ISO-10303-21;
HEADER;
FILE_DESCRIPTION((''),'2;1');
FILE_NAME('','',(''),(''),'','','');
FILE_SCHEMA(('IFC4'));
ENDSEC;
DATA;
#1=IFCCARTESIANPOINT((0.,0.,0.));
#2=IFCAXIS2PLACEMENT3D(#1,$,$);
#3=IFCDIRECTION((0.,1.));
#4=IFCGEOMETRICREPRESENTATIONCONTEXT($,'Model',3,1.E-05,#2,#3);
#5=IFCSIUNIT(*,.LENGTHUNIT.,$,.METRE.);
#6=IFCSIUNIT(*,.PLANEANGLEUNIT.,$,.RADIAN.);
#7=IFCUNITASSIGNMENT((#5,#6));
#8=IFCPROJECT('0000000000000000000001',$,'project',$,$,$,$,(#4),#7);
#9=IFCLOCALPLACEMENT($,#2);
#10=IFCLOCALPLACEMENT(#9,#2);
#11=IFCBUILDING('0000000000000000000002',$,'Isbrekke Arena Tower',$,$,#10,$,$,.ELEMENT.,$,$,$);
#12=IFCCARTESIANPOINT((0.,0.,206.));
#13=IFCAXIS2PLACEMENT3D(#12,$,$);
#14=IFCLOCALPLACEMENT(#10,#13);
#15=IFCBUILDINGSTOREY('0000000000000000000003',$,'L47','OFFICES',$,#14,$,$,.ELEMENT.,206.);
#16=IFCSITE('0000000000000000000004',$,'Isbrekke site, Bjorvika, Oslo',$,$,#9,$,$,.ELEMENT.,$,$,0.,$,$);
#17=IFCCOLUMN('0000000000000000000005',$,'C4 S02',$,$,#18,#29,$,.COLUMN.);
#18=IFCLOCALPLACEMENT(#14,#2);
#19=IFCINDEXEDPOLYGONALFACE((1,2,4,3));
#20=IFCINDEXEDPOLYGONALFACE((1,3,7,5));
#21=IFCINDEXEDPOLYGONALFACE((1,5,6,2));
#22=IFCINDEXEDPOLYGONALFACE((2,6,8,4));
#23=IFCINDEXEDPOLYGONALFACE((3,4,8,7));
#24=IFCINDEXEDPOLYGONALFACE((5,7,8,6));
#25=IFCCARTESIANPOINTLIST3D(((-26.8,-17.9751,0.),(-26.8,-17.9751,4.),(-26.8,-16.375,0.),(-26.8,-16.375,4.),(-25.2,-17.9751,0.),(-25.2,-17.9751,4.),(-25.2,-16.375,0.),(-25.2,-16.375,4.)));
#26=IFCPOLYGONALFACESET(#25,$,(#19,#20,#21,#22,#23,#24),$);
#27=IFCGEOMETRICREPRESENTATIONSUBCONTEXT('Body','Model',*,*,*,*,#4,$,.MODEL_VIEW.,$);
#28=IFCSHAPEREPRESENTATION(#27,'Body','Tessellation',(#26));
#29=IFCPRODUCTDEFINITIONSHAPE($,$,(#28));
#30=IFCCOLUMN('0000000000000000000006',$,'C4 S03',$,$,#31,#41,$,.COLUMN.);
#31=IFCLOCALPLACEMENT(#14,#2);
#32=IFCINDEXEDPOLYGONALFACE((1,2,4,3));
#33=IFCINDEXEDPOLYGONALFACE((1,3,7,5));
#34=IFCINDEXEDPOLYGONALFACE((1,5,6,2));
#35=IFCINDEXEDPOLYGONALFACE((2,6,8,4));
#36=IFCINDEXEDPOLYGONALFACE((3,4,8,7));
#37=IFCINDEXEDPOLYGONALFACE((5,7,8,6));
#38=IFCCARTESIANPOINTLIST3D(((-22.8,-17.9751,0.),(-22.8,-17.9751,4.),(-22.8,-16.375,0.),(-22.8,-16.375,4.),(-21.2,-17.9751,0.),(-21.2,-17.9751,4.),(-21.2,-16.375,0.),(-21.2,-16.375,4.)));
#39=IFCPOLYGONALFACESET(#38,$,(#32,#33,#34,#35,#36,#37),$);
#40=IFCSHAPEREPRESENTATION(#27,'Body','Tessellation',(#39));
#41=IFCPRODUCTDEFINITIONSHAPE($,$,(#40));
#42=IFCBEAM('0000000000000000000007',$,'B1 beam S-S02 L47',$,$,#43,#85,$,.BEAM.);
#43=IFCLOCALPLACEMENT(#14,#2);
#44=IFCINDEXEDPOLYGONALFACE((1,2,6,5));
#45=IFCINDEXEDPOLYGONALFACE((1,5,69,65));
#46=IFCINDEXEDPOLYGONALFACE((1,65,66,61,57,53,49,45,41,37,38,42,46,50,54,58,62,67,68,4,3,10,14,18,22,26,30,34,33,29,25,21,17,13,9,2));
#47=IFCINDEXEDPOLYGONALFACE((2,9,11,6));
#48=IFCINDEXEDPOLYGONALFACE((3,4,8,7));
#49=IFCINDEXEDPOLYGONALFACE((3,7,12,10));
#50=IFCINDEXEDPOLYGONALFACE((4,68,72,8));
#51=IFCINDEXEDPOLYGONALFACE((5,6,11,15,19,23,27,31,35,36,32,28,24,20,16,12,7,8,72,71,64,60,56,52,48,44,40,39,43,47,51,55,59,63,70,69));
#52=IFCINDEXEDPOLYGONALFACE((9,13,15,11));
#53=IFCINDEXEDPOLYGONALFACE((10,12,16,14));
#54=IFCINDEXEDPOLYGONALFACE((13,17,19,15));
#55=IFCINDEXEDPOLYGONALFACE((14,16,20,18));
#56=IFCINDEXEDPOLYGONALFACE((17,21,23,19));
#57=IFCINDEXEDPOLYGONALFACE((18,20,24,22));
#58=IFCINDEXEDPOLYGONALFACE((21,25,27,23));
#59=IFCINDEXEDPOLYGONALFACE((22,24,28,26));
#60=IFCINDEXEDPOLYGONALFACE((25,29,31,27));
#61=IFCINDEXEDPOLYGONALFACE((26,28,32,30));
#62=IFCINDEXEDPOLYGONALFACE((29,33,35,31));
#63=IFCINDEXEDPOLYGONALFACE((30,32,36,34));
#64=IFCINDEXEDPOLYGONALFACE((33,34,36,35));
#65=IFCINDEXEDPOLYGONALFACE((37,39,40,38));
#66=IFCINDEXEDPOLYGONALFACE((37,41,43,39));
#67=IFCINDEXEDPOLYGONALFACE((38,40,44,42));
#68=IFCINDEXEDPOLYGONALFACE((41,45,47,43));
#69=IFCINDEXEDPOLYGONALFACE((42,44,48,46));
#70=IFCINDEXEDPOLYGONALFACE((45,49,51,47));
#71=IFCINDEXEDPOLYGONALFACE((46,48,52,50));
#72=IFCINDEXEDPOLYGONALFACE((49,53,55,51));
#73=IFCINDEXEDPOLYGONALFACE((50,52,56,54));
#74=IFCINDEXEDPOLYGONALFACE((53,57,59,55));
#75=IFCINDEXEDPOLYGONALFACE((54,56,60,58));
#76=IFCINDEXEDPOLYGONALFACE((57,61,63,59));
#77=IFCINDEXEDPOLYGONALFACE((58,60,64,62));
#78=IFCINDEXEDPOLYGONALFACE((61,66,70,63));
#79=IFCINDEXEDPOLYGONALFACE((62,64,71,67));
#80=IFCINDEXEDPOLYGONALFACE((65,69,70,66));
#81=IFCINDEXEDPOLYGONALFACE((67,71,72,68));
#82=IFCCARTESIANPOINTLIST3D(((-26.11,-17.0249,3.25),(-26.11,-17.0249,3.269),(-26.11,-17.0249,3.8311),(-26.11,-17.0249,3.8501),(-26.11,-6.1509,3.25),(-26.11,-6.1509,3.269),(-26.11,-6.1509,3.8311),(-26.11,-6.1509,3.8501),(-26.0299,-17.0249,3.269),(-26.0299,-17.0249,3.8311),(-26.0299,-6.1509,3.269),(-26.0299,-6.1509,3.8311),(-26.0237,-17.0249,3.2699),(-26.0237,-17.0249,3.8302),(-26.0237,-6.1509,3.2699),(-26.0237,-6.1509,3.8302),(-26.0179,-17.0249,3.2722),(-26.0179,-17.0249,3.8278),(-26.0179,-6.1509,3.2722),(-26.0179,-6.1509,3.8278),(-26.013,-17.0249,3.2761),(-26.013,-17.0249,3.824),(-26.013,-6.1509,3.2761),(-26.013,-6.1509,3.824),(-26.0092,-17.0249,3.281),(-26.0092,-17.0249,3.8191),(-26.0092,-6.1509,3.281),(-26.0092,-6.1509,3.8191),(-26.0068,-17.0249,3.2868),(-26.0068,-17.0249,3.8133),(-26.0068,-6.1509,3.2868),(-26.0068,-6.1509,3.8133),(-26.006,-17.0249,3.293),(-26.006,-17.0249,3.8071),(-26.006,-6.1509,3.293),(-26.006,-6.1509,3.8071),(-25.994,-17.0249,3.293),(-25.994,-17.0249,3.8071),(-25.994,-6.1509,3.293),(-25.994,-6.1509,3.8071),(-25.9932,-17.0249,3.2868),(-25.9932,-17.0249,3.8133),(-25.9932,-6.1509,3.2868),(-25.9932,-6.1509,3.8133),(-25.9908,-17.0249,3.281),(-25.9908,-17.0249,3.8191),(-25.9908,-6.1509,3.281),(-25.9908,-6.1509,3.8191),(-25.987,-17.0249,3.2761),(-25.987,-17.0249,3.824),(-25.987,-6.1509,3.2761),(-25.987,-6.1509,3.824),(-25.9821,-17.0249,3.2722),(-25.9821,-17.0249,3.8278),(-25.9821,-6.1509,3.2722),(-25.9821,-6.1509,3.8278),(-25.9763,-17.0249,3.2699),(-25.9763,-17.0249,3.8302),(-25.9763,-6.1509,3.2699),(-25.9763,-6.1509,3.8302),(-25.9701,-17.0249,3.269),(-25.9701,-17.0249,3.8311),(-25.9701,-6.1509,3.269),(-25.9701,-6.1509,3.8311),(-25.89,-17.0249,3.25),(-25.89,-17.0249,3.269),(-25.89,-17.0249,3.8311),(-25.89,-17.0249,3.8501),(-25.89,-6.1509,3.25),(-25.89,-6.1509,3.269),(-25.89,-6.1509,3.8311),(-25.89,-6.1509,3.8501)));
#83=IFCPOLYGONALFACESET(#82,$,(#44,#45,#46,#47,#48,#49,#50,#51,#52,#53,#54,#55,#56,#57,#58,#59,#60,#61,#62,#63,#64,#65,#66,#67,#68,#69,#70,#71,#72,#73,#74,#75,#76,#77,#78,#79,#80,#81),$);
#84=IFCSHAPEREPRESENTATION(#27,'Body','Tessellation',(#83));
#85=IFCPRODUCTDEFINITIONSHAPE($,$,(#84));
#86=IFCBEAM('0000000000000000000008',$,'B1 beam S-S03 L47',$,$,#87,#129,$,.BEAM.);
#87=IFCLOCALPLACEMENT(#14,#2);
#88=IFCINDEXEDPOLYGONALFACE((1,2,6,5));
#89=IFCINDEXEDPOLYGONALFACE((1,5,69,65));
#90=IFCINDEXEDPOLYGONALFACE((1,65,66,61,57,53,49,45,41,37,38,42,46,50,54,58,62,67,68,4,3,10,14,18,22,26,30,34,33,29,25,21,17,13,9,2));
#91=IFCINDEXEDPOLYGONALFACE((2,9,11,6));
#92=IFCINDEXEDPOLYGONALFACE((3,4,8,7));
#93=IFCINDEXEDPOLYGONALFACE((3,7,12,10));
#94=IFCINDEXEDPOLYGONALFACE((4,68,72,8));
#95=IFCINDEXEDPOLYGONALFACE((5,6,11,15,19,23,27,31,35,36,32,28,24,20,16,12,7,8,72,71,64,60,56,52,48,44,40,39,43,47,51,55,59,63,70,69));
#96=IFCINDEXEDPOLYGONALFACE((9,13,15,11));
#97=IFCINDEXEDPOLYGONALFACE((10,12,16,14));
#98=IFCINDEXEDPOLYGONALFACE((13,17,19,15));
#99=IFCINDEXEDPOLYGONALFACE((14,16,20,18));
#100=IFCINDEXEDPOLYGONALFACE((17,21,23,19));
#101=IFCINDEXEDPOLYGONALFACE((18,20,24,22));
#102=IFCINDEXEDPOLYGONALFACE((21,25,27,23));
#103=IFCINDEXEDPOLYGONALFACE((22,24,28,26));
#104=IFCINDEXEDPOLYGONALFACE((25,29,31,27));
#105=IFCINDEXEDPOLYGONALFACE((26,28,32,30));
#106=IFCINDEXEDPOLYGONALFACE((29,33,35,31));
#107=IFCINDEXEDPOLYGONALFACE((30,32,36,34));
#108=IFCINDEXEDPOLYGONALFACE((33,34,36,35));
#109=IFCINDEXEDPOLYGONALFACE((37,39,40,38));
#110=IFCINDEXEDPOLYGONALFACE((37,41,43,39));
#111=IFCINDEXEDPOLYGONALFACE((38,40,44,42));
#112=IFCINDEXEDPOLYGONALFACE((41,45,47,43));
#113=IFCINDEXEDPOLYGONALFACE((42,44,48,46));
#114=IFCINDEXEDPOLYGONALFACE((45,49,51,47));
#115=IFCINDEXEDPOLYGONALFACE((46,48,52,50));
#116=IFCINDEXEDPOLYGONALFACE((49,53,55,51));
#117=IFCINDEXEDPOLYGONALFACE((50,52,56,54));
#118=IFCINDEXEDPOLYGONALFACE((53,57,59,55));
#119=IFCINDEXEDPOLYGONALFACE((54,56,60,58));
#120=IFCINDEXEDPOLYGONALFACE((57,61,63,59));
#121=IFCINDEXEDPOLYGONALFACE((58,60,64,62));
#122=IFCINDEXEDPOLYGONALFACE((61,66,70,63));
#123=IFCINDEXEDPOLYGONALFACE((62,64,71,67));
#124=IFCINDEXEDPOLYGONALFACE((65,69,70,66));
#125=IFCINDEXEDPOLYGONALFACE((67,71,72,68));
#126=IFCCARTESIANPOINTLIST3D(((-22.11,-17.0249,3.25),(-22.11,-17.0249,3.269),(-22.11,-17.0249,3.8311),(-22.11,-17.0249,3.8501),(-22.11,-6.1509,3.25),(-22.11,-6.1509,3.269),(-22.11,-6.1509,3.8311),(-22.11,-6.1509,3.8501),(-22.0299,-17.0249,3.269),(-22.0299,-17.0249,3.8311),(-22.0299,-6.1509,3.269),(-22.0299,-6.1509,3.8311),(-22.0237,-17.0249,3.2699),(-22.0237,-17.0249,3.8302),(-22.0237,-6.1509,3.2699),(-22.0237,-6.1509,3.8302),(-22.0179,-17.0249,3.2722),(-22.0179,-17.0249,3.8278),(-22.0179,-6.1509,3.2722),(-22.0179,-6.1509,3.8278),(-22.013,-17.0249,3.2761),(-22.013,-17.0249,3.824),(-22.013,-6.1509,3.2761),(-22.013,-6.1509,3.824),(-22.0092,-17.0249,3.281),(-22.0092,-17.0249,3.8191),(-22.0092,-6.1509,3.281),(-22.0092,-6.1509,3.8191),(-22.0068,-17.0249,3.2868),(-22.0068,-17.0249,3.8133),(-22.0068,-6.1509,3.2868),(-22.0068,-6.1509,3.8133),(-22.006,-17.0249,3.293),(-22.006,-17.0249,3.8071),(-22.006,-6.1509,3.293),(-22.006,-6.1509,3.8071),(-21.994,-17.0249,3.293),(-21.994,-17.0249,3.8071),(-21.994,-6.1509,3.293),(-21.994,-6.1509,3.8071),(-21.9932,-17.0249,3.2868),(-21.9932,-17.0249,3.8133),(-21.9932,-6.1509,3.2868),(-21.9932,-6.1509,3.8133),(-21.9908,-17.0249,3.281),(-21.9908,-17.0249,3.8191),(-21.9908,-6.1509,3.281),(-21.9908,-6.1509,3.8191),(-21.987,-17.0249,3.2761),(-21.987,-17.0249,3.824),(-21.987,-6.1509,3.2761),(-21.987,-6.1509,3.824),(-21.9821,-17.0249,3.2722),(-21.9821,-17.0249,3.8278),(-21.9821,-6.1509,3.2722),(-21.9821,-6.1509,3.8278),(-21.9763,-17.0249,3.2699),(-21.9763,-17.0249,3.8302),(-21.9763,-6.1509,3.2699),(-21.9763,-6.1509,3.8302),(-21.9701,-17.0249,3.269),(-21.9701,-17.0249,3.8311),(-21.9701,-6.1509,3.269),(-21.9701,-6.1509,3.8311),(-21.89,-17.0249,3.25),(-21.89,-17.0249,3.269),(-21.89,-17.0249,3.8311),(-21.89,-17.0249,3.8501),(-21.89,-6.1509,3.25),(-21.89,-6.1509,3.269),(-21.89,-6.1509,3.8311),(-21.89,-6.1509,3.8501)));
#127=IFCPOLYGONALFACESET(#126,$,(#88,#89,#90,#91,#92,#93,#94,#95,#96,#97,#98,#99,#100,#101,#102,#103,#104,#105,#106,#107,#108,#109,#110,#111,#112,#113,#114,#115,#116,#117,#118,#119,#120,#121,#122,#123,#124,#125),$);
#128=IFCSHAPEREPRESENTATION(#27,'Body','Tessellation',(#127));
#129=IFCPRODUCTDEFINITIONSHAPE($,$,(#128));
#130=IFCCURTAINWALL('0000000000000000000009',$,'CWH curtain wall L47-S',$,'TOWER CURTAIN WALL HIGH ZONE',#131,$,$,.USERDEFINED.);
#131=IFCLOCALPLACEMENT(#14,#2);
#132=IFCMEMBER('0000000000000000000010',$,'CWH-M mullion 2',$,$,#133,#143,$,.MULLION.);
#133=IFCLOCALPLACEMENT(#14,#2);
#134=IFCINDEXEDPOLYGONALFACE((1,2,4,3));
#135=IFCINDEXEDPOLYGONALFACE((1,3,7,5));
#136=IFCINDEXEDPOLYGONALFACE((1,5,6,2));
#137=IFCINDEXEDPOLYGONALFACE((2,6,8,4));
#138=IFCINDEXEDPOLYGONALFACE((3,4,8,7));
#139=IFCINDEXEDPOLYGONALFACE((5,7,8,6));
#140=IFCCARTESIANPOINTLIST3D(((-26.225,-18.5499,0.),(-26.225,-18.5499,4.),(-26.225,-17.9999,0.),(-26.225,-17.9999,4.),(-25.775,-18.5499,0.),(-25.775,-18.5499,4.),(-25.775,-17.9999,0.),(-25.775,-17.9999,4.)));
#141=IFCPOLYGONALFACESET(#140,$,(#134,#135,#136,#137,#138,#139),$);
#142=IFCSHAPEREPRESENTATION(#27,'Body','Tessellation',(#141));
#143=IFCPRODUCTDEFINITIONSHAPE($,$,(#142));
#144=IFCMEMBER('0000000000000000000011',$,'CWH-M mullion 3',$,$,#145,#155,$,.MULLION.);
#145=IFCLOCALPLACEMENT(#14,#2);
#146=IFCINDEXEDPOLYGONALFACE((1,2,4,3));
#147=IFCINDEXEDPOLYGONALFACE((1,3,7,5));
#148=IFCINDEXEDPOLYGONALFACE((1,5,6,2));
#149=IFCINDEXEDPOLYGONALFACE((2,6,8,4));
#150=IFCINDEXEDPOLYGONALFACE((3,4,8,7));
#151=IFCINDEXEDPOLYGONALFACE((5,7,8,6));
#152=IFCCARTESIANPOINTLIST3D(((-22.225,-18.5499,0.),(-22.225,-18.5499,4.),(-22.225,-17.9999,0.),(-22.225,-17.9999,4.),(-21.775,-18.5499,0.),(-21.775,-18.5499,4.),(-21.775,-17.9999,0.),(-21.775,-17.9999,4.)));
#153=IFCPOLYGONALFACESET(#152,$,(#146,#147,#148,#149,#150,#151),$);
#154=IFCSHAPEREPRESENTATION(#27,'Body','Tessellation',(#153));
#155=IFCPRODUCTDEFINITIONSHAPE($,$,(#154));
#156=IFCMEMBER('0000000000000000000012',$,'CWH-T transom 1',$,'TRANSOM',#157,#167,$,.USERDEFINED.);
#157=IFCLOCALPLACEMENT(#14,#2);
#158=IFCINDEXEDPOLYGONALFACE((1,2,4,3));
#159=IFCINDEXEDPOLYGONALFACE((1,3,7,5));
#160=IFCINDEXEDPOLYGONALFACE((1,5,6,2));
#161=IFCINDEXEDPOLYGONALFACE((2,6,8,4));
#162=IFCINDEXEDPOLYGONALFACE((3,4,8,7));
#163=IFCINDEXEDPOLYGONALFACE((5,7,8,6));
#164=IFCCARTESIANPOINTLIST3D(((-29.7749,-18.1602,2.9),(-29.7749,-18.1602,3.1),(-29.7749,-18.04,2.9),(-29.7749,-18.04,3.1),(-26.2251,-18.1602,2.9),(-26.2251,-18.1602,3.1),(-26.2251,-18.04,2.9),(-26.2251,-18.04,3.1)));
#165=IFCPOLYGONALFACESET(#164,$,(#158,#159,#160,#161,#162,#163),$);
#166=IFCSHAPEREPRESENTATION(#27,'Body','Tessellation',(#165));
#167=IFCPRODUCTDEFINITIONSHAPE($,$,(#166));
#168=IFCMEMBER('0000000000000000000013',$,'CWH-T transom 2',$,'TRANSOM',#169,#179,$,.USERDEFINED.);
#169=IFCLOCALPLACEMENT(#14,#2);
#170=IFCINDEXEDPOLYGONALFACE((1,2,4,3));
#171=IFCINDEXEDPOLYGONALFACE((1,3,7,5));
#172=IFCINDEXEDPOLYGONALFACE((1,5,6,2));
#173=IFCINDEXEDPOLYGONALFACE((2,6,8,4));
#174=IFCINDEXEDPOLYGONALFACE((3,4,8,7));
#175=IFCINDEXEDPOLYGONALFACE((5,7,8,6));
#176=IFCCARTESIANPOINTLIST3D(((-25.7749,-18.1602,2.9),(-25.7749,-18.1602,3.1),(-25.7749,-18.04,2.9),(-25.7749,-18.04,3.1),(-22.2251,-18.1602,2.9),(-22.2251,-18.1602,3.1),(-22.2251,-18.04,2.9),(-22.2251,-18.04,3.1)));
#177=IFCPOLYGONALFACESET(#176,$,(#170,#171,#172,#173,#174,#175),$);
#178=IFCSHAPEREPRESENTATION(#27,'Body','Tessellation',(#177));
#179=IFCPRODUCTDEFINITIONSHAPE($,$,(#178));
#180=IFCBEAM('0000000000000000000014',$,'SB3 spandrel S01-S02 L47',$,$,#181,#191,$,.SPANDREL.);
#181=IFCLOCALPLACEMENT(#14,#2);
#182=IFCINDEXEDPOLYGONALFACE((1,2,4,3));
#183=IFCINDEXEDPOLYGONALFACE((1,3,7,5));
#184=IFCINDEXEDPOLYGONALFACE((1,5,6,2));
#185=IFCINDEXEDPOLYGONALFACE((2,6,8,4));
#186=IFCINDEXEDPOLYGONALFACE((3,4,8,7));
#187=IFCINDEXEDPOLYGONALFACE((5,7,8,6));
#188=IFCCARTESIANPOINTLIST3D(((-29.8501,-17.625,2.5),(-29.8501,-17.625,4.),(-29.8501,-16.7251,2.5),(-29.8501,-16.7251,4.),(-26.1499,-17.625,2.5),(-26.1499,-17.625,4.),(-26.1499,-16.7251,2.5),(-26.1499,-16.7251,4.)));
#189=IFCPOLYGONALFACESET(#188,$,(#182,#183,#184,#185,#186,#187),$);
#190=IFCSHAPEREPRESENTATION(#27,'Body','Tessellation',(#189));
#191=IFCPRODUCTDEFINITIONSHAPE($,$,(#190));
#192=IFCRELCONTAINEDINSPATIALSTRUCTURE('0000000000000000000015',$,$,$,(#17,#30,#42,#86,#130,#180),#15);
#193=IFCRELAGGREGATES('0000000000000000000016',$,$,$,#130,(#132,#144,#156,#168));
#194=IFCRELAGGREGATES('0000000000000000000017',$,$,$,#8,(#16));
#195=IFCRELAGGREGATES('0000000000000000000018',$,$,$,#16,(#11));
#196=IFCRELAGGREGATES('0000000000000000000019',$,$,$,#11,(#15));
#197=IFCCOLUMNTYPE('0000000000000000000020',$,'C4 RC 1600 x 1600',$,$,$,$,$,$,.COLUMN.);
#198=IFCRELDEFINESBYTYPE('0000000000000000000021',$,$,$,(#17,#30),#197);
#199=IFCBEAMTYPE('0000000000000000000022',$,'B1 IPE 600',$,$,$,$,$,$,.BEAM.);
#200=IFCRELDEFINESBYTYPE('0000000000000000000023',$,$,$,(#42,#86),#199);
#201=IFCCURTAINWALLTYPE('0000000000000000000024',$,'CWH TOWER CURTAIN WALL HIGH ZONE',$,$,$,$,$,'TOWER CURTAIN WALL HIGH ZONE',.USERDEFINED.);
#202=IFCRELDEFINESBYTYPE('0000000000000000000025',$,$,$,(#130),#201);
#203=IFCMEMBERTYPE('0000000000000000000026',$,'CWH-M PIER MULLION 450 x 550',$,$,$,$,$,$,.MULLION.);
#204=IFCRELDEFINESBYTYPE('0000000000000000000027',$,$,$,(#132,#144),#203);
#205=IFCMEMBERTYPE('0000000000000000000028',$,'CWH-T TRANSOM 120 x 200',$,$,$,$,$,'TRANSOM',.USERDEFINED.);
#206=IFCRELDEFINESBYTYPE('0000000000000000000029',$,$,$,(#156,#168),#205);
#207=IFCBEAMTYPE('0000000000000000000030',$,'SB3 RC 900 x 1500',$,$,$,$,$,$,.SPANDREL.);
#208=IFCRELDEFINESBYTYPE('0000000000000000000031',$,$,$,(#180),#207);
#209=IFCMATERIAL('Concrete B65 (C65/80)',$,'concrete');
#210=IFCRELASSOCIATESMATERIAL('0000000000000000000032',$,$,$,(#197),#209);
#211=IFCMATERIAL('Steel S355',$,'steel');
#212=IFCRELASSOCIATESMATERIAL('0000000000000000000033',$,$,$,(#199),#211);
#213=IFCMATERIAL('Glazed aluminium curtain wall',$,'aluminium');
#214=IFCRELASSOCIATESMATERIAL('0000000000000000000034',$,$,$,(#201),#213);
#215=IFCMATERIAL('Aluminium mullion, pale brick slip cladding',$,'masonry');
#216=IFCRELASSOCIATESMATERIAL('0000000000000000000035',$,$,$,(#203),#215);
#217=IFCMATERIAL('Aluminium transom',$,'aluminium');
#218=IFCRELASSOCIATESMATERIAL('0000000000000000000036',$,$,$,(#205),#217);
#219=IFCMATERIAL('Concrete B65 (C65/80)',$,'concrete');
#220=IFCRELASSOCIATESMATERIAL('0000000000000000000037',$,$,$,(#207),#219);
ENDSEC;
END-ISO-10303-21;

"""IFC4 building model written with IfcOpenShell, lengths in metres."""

from ifc_helpers import new_model, si_unit, direction, frame, origin, origin_2d, place, context, subcontext, project, spatial, rectangle, i_section, extrude, material, material_profile, profile_set, type_object, element, aggregate, save


model = new_model("IFC4")

# Units and contexts
model_context = context("Model", 3, precision=1e-05, world=origin(), true_north=direction((0.0, 1.0)))
body_context = subcontext(model_context, "Body", "Model", "MODEL_VIEW")
ifc_project = project(units=[si_unit("LENGTHUNIT", "METRE"), si_unit("PLANEANGLEUNIT", "RADIAN")], contexts=[model_context])

# Site, building, storey
site_placement = place(None, origin())
site = spatial("IfcSite", under=ifc_project, at=site_placement, Name="Isbrekke site, Bjorvika, Oslo", CompositionType="ELEMENT", RefElevation=0.0)
building_placement = place(site_placement, origin())
building = spatial("IfcBuilding", under=site, at=building_placement, Name="Isbrekke Arena Tower", CompositionType="ELEMENT")
storey_placement = place(building_placement, frame((0.0, 0.0, 206.0)))
storey = spatial("IfcBuildingStorey", under=building, at=storey_placement, Name="L47", Description="OFFICES", CompositionType="ELEMENT", Elevation=206.0)

# Columns
ifc_material_1 = material(Name="Concrete B65 (C65/80)", Category="concrete")
ifc_material_profile_1 = material_profile(ifc_material_1, rectangle(XDim=1.6001, YDim=1.6001, at=origin_2d()), Name="RC 1600x1600")
ifc_profile_set_1 = profile_set([ifc_material_profile_1], Name="Concrete B65 (C65/80)")
column_type = type_object("IfcColumnType", Name="C4 RC 1600 x 1600", PredefinedType="COLUMN", material=ifc_profile_set_1)
for number, where, z_axis, x_axis, name in (
    (1, (-26.0, -17.175, 0.0), (0.0, 0.0, 1.0), (1.0, 0.0, 0.0), "C4 S02"),
    (2, (-22.0, -17.175, 0.0), (0.0, 0.0, 1.0), (1.0, 0.0, 0.0), "C4 S03"),
):
    element("IfcColumn", number, at=place(storey_placement, frame(where, z_axis=z_axis, x_axis=x_axis)), inside=storey, type_object=column_type, Name=name, PredefinedType="COLUMN", context=body_context, shape_type="SweptSolid", body=[
        extrude(rectangle(XDim=1.6001, YDim=1.6001, at=origin_2d()), origin(), (0.0, 0.0, 1.0), 4.0),
    ])

# Beams
ifc_material_2 = material(Name="Steel S355", Category="steel")
ifc_material_profile_2 = material_profile(ifc_material_2, i_section(OverallWidth=0.22, OverallDepth=0.6001, WebThickness=0.012, FlangeThickness=0.019, FilletRadius=0.0239, at=origin_2d()), Name="IPE 600")
ifc_profile_set_2 = profile_set([ifc_material_profile_2], Name="Steel S355")
beam_type_1 = type_object("IfcBeamType", Name="B1 IPE 600", PredefinedType="BEAM", material=ifc_profile_set_2)
for number, where, z_axis, x_axis, name in (
    (3, (-26.0, -17.0249, 3.55), (0.0, 1.0, 0.0), (-1.0, 0.0, 0.0), "B1 beam S-S02 L47"),
    (4, (-22.0, -17.0249, 3.55), (0.0, 1.0, 0.0), (-1.0, 0.0, 0.0), "B1 beam S-S03 L47"),
):
    element("IfcBeam", number, at=place(storey_placement, frame(where, z_axis=z_axis, x_axis=x_axis)), inside=storey, type_object=beam_type_1, Name=name, PredefinedType="BEAM", context=body_context, shape_type="SweptSolid", body=[
        extrude(i_section(OverallWidth=0.22, OverallDepth=0.6001, WebThickness=0.012, FlangeThickness=0.019, FilletRadius=0.0239, at=origin_2d()), origin(), (0.0, 0.0, 1.0), 10.874),
    ])

# Curtain wall, members
ifc_material_3 = material(Name="Glazed aluminium curtain wall", Category="aluminium")
curtain_wall_type = type_object("IfcCurtainWallType", Name="CWH TOWER CURTAIN WALL HIGH ZONE", ElementType="TOWER CURTAIN WALL HIGH ZONE", PredefinedType="USERDEFINED", material=ifc_material_3)
curtain_wall_placement = place(storey_placement, origin())
curtain_wall = element("IfcCurtainWall", 5, at=curtain_wall_placement, inside=storey, type_object=curtain_wall_type, Name="CWH curtain wall L47-S", ObjectType="TOWER CURTAIN WALL HIGH ZONE", PredefinedType="USERDEFINED")
ifc_material_4 = material(Name="Aluminium mullion, pale brick slip cladding", Category="masonry")
ifc_material_profile_3 = material_profile(ifc_material_4, rectangle(XDim=0.45, YDim=0.55, at=origin_2d()), Name="PIER 450X550")
ifc_profile_set_3 = profile_set([ifc_material_profile_3], Name="Aluminium mullion, pale brick slip cladding")
member_type_1 = type_object("IfcMemberType", Name="CWH-M PIER MULLION 450 x 550", PredefinedType="MULLION", material=ifc_profile_set_3)
member_1_placement = place(storey_placement, frame((-26.0, -18.2749, 0.0), z_axis=(0.0, 0.0, 1.0), x_axis=(1.0, 0.0, 0.0)))
member_1 = element("IfcMember", 6, at=member_1_placement, type_object=member_type_1, Name="CWH-M mullion 2", PredefinedType="MULLION", context=body_context, shape_type="SweptSolid", body=[
    extrude(rectangle(XDim=0.45, YDim=0.55, at=origin_2d()), origin(), (0.0, 0.0, 1.0), 4.0),
])
member_2_placement = place(storey_placement, frame((-22.0, -18.2749, 0.0), z_axis=(0.0, 0.0, 1.0), x_axis=(1.0, 0.0, 0.0)))
member_2 = element("IfcMember", 7, at=member_2_placement, type_object=member_type_1, Name="CWH-M mullion 3", PredefinedType="MULLION", context=body_context, shape_type="SweptSolid", body=[
    extrude(rectangle(XDim=0.45, YDim=0.55, at=origin_2d()), origin(), (0.0, 0.0, 1.0), 4.0),
])
ifc_material_5 = material(Name="Aluminium transom", Category="aluminium")
ifc_material_profile_4 = material_profile(ifc_material_5, rectangle(XDim=0.1201, YDim=0.2, at=origin_2d()), Name="TRANSOM 120X200")
ifc_profile_set_4 = profile_set([ifc_material_profile_4], Name="Aluminium transom")
member_type_2 = type_object("IfcMemberType", Name="CWH-T TRANSOM 120 x 200", ElementType="TRANSOM", PredefinedType="USERDEFINED", material=ifc_profile_set_4)
member_3_placement = place(storey_placement, frame((-29.7749, -18.1001, 3.0), z_axis=(1.0, 0.0, 0.0), x_axis=(0.0, 1.0, 0.0)))
member_3 = element("IfcMember", 8, at=member_3_placement, type_object=member_type_2, Name="CWH-T transom 1", ObjectType="TRANSOM", PredefinedType="USERDEFINED", context=body_context, shape_type="SweptSolid", body=[
    extrude(rectangle(XDim=0.1201, YDim=0.2, at=origin_2d()), origin(), (0.0, 0.0, 1.0), 3.5498),
])
member_4_placement = place(storey_placement, frame((-25.7749, -18.1001, 3.0), z_axis=(1.0, 0.0, 0.0), x_axis=(0.0, 1.0, 0.0)))
member_4 = element("IfcMember", 9, at=member_4_placement, type_object=member_type_2, Name="CWH-T transom 2", ObjectType="TRANSOM", PredefinedType="USERDEFINED", context=body_context, shape_type="SweptSolid", body=[
    extrude(rectangle(XDim=0.1201, YDim=0.2, at=origin_2d()), origin(), (0.0, 0.0, 1.0), 3.5498),
])

# Beam
ifc_material_6 = material(Name="Concrete B65 (C65/80)", Category="concrete")
ifc_material_profile_5 = material_profile(ifc_material_6, rectangle(XDim=0.8999, YDim=1.5, at=origin_2d()), Name="RC 900x1500")
ifc_profile_set_5 = profile_set([ifc_material_profile_5], Name="Concrete B65 (C65/80)")
beam_type_2 = type_object("IfcBeamType", Name="SB3 RC 900 x 1500", PredefinedType="SPANDREL", material=ifc_profile_set_5)
for number, where, z_axis, x_axis, name in (
    (10, (-29.8501, -17.175, 3.25), (1.0, 0.0, 0.0), (0.0, 1.0, 0.0), "SB3 spandrel S01-S02 L47"),
):
    element("IfcBeam", number, at=place(storey_placement, frame(where, z_axis=z_axis, x_axis=x_axis)), inside=storey, type_object=beam_type_2, Name=name, PredefinedType="SPANDREL", context=body_context, shape_type="SweptSolid", body=[
        extrude(rectangle(XDim=0.8999, YDim=1.5, at=origin_2d()), origin(), (0.0, 0.0, 1.0), 3.7002),
    ])

aggregate(curtain_wall, [member_1, member_2, member_3, member_4])

save(model, "model.ifc")
